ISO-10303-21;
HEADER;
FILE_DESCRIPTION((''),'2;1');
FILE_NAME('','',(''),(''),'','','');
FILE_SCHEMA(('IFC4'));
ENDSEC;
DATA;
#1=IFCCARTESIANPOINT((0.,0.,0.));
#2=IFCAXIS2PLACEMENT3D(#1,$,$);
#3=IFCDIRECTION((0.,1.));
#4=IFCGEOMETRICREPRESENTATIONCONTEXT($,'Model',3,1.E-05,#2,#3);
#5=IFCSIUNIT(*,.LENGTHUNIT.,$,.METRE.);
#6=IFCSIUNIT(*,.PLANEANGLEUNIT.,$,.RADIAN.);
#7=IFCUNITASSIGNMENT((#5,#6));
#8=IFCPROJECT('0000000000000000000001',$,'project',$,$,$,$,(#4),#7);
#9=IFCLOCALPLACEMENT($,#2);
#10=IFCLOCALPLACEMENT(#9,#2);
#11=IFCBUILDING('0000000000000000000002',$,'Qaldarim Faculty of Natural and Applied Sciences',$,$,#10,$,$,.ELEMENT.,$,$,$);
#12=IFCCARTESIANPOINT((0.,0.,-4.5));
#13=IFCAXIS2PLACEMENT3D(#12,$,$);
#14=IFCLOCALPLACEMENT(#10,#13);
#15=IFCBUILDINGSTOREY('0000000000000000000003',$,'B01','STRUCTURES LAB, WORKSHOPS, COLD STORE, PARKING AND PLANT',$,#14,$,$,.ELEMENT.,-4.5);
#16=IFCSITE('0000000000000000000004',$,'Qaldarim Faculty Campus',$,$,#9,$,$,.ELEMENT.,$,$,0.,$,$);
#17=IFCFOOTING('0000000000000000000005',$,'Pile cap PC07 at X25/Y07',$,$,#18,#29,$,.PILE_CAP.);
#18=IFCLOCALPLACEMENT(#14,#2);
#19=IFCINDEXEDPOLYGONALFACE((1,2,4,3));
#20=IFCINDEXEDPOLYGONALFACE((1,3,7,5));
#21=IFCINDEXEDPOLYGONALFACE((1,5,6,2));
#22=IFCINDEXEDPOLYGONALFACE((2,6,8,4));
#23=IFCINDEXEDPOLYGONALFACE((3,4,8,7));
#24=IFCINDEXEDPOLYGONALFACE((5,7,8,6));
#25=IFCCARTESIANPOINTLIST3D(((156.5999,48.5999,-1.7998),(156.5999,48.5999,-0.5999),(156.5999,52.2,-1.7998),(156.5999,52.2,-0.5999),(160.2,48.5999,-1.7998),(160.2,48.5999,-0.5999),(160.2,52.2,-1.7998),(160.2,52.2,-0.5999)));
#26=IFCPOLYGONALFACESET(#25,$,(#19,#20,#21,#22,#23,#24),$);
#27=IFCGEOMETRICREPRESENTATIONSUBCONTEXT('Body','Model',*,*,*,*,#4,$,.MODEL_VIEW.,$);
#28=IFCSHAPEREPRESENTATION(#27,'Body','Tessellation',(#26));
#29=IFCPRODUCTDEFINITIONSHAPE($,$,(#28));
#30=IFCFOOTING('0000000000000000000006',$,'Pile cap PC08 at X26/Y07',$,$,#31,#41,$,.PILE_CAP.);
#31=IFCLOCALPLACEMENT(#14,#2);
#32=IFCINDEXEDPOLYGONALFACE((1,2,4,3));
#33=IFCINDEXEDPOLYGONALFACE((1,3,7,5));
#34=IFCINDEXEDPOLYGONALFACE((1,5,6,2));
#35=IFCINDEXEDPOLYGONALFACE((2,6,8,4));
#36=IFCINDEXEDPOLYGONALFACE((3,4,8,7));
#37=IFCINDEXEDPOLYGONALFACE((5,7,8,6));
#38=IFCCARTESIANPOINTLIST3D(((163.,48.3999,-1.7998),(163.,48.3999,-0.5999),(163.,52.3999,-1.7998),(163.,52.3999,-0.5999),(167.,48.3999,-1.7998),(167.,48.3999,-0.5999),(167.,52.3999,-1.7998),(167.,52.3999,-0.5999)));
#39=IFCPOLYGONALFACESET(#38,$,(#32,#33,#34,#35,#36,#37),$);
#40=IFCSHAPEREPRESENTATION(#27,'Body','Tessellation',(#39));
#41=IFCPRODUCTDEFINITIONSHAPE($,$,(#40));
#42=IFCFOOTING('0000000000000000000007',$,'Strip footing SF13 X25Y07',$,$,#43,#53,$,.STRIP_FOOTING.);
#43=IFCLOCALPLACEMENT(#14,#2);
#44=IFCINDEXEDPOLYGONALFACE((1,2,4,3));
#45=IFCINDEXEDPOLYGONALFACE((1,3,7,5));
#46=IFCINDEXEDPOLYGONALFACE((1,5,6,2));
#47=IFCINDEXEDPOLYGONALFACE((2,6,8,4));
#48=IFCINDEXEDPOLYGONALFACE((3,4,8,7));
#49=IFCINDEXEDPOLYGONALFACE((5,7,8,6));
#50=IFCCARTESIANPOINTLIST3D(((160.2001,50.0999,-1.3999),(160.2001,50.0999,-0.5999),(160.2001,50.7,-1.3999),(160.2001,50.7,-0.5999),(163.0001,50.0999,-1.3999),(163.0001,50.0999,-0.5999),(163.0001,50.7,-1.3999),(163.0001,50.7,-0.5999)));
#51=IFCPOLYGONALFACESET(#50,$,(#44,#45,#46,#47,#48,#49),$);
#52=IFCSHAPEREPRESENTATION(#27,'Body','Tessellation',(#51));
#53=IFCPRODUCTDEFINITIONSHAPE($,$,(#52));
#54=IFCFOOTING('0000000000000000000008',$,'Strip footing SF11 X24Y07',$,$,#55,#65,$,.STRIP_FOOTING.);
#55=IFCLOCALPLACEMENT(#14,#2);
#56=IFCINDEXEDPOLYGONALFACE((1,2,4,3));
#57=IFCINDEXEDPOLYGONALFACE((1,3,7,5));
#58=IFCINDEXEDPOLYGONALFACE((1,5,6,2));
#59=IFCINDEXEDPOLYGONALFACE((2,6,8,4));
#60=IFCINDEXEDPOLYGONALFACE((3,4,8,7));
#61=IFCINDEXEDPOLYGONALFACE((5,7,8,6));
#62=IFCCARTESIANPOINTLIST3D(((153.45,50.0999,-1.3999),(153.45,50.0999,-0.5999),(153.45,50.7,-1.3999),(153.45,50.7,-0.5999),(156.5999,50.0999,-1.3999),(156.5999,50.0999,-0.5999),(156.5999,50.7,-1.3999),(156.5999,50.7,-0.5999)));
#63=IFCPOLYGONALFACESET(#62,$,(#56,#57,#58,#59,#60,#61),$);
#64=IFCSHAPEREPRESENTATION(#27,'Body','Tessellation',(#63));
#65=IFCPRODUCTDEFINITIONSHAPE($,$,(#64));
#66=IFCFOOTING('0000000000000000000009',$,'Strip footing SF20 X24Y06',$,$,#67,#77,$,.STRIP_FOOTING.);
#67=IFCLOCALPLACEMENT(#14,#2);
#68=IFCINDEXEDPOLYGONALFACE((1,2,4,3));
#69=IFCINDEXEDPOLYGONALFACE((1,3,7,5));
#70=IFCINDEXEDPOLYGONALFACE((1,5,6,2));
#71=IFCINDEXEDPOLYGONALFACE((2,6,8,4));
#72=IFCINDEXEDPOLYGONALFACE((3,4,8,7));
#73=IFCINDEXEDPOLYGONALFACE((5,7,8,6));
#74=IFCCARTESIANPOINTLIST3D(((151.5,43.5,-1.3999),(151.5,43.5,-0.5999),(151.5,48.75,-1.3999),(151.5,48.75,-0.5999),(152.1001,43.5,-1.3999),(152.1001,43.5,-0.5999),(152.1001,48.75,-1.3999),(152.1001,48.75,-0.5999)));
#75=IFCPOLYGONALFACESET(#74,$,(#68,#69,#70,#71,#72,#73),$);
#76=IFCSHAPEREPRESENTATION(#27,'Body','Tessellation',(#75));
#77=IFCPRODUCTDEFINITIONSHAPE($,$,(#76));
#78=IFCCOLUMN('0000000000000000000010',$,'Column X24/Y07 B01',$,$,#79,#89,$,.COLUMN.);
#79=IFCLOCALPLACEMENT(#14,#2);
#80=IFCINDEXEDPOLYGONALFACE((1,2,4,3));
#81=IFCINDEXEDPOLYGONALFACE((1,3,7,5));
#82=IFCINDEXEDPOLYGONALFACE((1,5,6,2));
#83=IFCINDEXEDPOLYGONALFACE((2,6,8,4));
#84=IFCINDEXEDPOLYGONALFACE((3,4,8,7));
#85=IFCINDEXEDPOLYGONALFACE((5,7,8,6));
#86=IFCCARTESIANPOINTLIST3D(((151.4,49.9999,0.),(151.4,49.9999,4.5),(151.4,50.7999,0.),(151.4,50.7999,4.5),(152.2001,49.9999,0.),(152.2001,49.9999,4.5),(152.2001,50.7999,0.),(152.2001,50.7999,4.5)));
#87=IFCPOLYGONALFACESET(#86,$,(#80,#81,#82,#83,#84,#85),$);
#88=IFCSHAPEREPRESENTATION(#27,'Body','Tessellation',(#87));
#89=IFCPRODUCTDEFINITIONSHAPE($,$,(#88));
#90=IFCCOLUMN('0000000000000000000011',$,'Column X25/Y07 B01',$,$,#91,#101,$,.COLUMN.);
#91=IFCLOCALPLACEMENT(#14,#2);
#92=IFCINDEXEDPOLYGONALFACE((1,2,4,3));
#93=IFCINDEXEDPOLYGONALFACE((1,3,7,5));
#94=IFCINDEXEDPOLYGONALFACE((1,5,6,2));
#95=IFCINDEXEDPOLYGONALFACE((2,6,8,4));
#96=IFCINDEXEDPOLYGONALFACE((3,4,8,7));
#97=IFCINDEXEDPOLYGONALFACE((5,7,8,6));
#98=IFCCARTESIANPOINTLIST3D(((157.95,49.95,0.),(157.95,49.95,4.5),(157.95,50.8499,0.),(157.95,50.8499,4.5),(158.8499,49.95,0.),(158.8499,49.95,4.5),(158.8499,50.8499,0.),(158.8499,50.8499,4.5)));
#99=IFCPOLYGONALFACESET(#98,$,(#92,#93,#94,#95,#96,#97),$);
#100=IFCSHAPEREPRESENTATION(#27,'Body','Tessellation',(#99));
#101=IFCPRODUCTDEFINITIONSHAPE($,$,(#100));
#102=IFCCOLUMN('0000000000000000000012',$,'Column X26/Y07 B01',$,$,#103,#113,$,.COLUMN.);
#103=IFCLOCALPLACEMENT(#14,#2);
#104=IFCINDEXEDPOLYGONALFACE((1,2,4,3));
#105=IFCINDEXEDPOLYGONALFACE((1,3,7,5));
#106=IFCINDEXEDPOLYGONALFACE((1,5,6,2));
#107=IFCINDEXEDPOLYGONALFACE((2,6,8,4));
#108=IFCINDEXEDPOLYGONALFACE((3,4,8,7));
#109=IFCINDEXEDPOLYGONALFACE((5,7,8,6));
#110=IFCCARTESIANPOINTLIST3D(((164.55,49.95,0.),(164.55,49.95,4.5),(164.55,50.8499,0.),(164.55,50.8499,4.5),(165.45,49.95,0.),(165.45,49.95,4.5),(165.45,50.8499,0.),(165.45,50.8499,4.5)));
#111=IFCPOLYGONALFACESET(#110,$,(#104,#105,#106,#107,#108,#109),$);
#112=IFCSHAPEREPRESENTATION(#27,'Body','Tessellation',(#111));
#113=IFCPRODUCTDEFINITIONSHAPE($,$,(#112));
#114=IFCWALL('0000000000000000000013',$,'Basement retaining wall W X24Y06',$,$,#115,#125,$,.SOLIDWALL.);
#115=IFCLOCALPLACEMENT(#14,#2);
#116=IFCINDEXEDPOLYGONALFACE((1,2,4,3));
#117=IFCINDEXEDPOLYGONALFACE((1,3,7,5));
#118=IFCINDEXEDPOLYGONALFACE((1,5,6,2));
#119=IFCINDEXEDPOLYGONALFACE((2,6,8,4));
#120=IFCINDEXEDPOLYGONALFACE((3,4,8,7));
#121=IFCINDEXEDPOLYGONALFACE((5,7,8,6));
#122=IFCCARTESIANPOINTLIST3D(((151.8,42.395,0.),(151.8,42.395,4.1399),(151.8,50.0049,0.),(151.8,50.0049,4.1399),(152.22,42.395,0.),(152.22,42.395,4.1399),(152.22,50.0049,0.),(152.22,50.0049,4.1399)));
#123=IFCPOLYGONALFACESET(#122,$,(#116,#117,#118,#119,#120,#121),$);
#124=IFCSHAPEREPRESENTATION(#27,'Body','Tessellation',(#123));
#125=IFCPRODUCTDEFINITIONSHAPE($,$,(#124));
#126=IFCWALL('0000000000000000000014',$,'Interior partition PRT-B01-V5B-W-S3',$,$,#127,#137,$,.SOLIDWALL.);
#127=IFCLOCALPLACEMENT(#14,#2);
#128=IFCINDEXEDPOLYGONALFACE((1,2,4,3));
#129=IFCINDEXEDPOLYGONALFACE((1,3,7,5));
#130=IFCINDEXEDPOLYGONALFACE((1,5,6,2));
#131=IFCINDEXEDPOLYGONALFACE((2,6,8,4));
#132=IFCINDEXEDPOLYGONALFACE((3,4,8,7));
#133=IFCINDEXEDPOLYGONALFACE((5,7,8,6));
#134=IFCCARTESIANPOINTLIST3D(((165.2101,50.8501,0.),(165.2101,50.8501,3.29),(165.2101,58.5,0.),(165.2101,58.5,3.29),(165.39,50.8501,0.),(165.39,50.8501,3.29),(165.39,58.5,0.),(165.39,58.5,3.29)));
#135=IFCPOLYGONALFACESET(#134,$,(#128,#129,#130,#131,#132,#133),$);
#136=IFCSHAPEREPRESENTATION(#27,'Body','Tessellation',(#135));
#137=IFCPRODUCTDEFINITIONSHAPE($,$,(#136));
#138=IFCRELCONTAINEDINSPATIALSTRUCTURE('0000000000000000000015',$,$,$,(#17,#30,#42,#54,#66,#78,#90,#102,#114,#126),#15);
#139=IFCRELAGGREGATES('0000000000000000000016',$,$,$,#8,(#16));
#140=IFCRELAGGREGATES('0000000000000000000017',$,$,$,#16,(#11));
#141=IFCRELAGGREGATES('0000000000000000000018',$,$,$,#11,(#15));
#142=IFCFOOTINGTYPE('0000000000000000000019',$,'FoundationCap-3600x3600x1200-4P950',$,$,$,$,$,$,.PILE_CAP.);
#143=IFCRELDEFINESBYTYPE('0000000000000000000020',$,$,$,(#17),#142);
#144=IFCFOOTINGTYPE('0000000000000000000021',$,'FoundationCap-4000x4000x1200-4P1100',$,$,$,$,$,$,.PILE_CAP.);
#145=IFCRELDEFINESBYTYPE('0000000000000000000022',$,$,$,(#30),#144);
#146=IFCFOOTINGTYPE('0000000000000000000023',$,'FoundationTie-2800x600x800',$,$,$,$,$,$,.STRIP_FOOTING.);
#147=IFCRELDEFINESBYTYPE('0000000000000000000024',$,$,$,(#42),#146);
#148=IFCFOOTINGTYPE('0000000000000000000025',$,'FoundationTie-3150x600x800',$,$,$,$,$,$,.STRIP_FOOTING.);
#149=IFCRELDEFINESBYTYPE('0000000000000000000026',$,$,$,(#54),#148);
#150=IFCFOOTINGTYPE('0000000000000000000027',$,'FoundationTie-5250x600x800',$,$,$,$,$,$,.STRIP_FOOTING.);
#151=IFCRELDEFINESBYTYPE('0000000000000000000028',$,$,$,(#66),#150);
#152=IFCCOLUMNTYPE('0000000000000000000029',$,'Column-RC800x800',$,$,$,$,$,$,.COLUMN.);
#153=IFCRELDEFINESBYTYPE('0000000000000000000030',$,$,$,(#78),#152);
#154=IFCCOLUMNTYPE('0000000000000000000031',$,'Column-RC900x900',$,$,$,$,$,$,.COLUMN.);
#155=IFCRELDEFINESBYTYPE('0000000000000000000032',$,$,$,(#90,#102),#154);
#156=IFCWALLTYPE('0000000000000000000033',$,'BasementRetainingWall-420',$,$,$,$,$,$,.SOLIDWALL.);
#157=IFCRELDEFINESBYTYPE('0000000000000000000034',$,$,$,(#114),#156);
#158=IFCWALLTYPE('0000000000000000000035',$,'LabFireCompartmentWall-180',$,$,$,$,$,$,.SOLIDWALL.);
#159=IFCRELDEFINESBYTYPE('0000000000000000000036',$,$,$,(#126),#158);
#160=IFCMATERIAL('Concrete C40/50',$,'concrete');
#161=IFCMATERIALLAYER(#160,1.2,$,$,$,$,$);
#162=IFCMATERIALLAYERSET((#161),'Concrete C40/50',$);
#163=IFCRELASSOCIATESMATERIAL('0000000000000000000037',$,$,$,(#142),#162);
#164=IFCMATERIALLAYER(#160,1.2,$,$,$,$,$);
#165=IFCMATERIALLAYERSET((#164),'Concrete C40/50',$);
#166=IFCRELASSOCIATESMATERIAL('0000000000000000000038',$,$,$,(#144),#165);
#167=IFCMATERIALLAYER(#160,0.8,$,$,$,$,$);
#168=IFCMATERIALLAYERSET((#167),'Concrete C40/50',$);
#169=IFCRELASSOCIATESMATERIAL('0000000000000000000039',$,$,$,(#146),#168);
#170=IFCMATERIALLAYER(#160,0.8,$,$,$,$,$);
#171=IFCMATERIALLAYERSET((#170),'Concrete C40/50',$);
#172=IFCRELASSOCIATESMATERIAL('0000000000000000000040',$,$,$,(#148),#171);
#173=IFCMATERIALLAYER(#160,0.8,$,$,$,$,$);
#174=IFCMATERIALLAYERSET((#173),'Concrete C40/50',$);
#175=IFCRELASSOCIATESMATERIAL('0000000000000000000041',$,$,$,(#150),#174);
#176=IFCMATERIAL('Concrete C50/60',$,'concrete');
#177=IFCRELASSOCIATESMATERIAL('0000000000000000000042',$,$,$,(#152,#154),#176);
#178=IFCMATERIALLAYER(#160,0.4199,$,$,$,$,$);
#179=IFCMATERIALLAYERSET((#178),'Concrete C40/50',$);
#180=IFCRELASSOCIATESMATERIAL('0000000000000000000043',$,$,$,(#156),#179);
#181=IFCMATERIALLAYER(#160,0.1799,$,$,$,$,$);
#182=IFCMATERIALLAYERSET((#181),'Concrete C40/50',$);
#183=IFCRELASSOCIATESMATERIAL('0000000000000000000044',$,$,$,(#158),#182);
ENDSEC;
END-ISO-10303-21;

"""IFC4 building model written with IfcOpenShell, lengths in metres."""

from ifc_helpers import new_model, si_unit, direction, frame, frame_2d, origin, origin_2d, place, context, subcontext, project, spatial, rectangle, extrude, material, layer, layer_set, material_profile, profile_set, type_object, element, save


model = new_model("IFC4")

# Units and contexts
model_context = context("Model", 3, precision=1e-05, world=origin(), true_north=direction((0.0, 1.0)))
body_context = subcontext(model_context, "Body", "Model", "MODEL_VIEW")
ifc_project = project(units=[si_unit("LENGTHUNIT", "METRE"), si_unit("PLANEANGLEUNIT", "RADIAN")], contexts=[model_context])

# Site, building, storey
site_placement = place(None, origin())
site = spatial("IfcSite", under=ifc_project, at=site_placement, Name="Qaldarim Faculty Campus", CompositionType="ELEMENT", RefElevation=0.0)
building_placement = place(site_placement, origin())
building = spatial("IfcBuilding", under=site, at=building_placement, Name="Qaldarim Faculty of Natural and Applied Sciences", CompositionType="ELEMENT")
storey_placement = place(building_placement, frame((0.0, 0.0, -4.5)))
storey = spatial("IfcBuildingStorey", under=building, at=storey_placement, Name="B01", Description="STRUCTURES LAB, WORKSHOPS, COLD STORE, PARKING AND PLANT", CompositionType="ELEMENT", Elevation=-4.5)

# Shared definitions
ifc_material_1 = material(Name="Concrete C40/50", Category="concrete")

# Footings
ifc_layer_1 = layer(ifc_material_1, 1.2)
ifc_layer_set_1 = layer_set([ifc_layer_1], Name="Concrete C40/50")
footing_type_1 = type_object("IfcFootingType", Name="FoundationCap-3600x3600x1200-4P950", PredefinedType="PILE_CAP", material=ifc_layer_set_1)
footing_1_placement = place(storey_placement, frame((158.3999, 50.3999, -1.7998), z_axis=(0.0, 0.0, 1.0), x_axis=(1.0, 0.0, 0.0)))
element("IfcFooting", 1, at=footing_1_placement, inside=storey, type_object=footing_type_1, Name="Pile cap PC07 at X25/Y07", PredefinedType="PILE_CAP", context=body_context, shape_type="SweptSolid", body=[
    extrude(rectangle(XDim=3.6001, YDim=3.6001, at=origin_2d()), origin(), (0.0, 0.0, 1.0), 1.2),
])
ifc_layer_2 = layer(ifc_material_1, 1.2)
ifc_layer_set_2 = layer_set([ifc_layer_2], Name="Concrete C40/50")
footing_type_2 = type_object("IfcFootingType", Name="FoundationCap-4000x4000x1200-4P1100", PredefinedType="PILE_CAP", material=ifc_layer_set_2)
footing_2_placement = place(storey_placement, frame((165.0, 50.3999, -1.7998), z_axis=(0.0, 0.0, 1.0), x_axis=(1.0, 0.0, 0.0)))
element("IfcFooting", 2, at=footing_2_placement, inside=storey, type_object=footing_type_2, Name="Pile cap PC08 at X26/Y07", PredefinedType="PILE_CAP", context=body_context, shape_type="SweptSolid", body=[
    extrude(rectangle(XDim=4.0, YDim=4.0, at=origin_2d()), origin(), (0.0, 0.0, 1.0), 1.2),
])
ifc_layer_3 = layer(ifc_material_1, 0.8)
ifc_layer_set_3 = layer_set([ifc_layer_3], Name="Concrete C40/50")
footing_type_3 = type_object("IfcFootingType", Name="FoundationTie-2800x600x800", PredefinedType="STRIP_FOOTING", material=ifc_layer_set_3)
footing_3_placement = place(storey_placement, frame((161.6001, 50.3999, -1.3999), z_axis=(0.0, 0.0, 1.0), x_axis=(1.0, 0.0, 0.0)))
element("IfcFooting", 3, at=footing_3_placement, inside=storey, type_object=footing_type_3, Name="Strip footing SF13 X25Y07", PredefinedType="STRIP_FOOTING", context=body_context, shape_type="SweptSolid", body=[
    extrude(rectangle(XDim=2.8, YDim=0.6001, at=origin_2d()), origin(), (0.0, 0.0, 1.0), 0.8),
])
ifc_layer_4 = layer(ifc_material_1, 0.8)
ifc_layer_set_4 = layer_set([ifc_layer_4], Name="Concrete C40/50")
footing_type_4 = type_object("IfcFootingType", Name="FoundationTie-3150x600x800", PredefinedType="STRIP_FOOTING", material=ifc_layer_set_4)
footing_4_placement = place(storey_placement, frame((155.0249, 50.3999, -1.3999), z_axis=(0.0, 0.0, 1.0), x_axis=(1.0, 0.0, 0.0)))
element("IfcFooting", 4, at=footing_4_placement, inside=storey, type_object=footing_type_4, Name="Strip footing SF11 X24Y07", PredefinedType="STRIP_FOOTING", context=body_context, shape_type="SweptSolid", body=[
    extrude(rectangle(XDim=3.1499, YDim=0.6001, at=origin_2d()), origin(), (0.0, 0.0, 1.0), 0.8),
])
ifc_layer_5 = layer(ifc_material_1, 0.8)
ifc_layer_set_5 = layer_set([ifc_layer_5], Name="Concrete C40/50")
footing_type_5 = type_object("IfcFootingType", Name="FoundationTie-5250x600x800", PredefinedType="STRIP_FOOTING", material=ifc_layer_set_5)
footing_5_placement = place(storey_placement, frame((151.8, 46.125, -1.3999), z_axis=(0.0, 0.0, 1.0), x_axis=(0.0, 1.0, 0.0)))
element("IfcFooting", 5, at=footing_5_placement, inside=storey, type_object=footing_type_5, Name="Strip footing SF20 X24Y06", PredefinedType="STRIP_FOOTING", context=body_context, shape_type="SweptSolid", body=[
    extrude(rectangle(XDim=5.25, YDim=0.6001, at=origin_2d()), origin(), (0.0, 0.0, 1.0), 0.8),
])

# Columns
ifc_material_2 = material(Name="Concrete C50/60", Category="concrete")
ifc_material_profile_1 = material_profile(ifc_material_2, rectangle(XDim=0.8, YDim=0.8, at=origin_2d()), Name="RC-C800x800")
ifc_profile_set_1 = profile_set([ifc_material_profile_1], Name="Concrete C50/60")
column_type_1 = type_object("IfcColumnType", Name="Column-RC800x800", PredefinedType="COLUMN", material=ifc_profile_set_1)
column_placement = place(storey_placement, frame((151.8, 50.3999, 0.0), z_axis=(0.0, 0.0, 1.0), x_axis=(1.0, 0.0, 0.0)))
element("IfcColumn", 6, at=column_placement, inside=storey, type_object=column_type_1, Name="Column X24/Y07 B01", PredefinedType="COLUMN", context=body_context, shape_type="SweptSolid", body=[
    extrude(rectangle(XDim=0.8, YDim=0.8, at=origin_2d()), origin(), (0.0, 0.0, 1.0), 4.5),
])
ifc_material_profile_2 = material_profile(ifc_material_2, rectangle(XDim=0.8999, YDim=0.8999, at=origin_2d()), Name="RC-C900x900")
ifc_profile_set_2 = profile_set([ifc_material_profile_2], Name="Concrete C50/60")
column_type_2 = type_object("IfcColumnType", Name="Column-RC900x900", PredefinedType="COLUMN", material=ifc_profile_set_2)
for number, where, z_axis, x_axis, name in (
    (7, (158.3999, 50.3999, 0.0), (0.0, 0.0, 1.0), (1.0, 0.0, 0.0), "Column X25/Y07 B01"),
    (8, (165.0, 50.3999, 0.0), (0.0, 0.0, 1.0), (1.0, 0.0, 0.0), "Column X26/Y07 B01"),
):
    element("IfcColumn", number, at=place(storey_placement, frame(where, z_axis=z_axis, x_axis=x_axis)), inside=storey, type_object=column_type_2, Name=name, PredefinedType="COLUMN", context=body_context, shape_type="SweptSolid", body=[
        extrude(rectangle(XDim=0.8999, YDim=0.8999, at=origin_2d()), origin(), (0.0, 0.0, 1.0), 4.5),
    ])

# Walls
ifc_layer_6 = layer(ifc_material_1, 0.4199)
ifc_layer_set_6 = layer_set([ifc_layer_6], Name="Concrete C40/50")
wall_type_1 = type_object("IfcWallType", Name="BasementRetainingWall-420", PredefinedType="SOLIDWALL", material=ifc_layer_set_6)
wall_1_placement = place(storey_placement, frame((152.01, 50.0049, 0.0), z_axis=(0.0, 0.0, 1.0), x_axis=(0.0, -1.0, 0.0)))
element("IfcWall", 9, at=wall_1_placement, inside=storey, type_object=wall_type_1, Name="Basement retaining wall W X24Y06", PredefinedType="SOLIDWALL", context=body_context, shape_type="SweptSolid", body=[
    extrude(rectangle(XDim=7.6099, YDim=0.4199, at=frame_2d((3.8049, 0.0))), origin(), (0.0, 0.0, 1.0), 4.1399),
])
ifc_layer_7 = layer(ifc_material_1, 0.1799)
ifc_layer_set_7 = layer_set([ifc_layer_7], Name="Concrete C40/50")
wall_type_2 = type_object("IfcWallType", Name="LabFireCompartmentWall-180", PredefinedType="SOLIDWALL", material=ifc_layer_set_7)
wall_2_placement = place(storey_placement, frame((165.3, 50.8501, 0.0), z_axis=(0.0, 0.0, 1.0), x_axis=(0.0, 1.0, 0.0)))
element("IfcWall", 10, at=wall_2_placement, inside=storey, type_object=wall_type_2, Name="Interior partition PRT-B01-V5B-W-S3", PredefinedType="SOLIDWALL", context=body_context, shape_type="SweptSolid", body=[
    extrude(rectangle(XDim=7.6499, YDim=0.1799, at=frame_2d((3.825, 0.0))), origin(), (0.0, 0.0, 1.0), 3.29),
])

save(model, "model.ifc")
